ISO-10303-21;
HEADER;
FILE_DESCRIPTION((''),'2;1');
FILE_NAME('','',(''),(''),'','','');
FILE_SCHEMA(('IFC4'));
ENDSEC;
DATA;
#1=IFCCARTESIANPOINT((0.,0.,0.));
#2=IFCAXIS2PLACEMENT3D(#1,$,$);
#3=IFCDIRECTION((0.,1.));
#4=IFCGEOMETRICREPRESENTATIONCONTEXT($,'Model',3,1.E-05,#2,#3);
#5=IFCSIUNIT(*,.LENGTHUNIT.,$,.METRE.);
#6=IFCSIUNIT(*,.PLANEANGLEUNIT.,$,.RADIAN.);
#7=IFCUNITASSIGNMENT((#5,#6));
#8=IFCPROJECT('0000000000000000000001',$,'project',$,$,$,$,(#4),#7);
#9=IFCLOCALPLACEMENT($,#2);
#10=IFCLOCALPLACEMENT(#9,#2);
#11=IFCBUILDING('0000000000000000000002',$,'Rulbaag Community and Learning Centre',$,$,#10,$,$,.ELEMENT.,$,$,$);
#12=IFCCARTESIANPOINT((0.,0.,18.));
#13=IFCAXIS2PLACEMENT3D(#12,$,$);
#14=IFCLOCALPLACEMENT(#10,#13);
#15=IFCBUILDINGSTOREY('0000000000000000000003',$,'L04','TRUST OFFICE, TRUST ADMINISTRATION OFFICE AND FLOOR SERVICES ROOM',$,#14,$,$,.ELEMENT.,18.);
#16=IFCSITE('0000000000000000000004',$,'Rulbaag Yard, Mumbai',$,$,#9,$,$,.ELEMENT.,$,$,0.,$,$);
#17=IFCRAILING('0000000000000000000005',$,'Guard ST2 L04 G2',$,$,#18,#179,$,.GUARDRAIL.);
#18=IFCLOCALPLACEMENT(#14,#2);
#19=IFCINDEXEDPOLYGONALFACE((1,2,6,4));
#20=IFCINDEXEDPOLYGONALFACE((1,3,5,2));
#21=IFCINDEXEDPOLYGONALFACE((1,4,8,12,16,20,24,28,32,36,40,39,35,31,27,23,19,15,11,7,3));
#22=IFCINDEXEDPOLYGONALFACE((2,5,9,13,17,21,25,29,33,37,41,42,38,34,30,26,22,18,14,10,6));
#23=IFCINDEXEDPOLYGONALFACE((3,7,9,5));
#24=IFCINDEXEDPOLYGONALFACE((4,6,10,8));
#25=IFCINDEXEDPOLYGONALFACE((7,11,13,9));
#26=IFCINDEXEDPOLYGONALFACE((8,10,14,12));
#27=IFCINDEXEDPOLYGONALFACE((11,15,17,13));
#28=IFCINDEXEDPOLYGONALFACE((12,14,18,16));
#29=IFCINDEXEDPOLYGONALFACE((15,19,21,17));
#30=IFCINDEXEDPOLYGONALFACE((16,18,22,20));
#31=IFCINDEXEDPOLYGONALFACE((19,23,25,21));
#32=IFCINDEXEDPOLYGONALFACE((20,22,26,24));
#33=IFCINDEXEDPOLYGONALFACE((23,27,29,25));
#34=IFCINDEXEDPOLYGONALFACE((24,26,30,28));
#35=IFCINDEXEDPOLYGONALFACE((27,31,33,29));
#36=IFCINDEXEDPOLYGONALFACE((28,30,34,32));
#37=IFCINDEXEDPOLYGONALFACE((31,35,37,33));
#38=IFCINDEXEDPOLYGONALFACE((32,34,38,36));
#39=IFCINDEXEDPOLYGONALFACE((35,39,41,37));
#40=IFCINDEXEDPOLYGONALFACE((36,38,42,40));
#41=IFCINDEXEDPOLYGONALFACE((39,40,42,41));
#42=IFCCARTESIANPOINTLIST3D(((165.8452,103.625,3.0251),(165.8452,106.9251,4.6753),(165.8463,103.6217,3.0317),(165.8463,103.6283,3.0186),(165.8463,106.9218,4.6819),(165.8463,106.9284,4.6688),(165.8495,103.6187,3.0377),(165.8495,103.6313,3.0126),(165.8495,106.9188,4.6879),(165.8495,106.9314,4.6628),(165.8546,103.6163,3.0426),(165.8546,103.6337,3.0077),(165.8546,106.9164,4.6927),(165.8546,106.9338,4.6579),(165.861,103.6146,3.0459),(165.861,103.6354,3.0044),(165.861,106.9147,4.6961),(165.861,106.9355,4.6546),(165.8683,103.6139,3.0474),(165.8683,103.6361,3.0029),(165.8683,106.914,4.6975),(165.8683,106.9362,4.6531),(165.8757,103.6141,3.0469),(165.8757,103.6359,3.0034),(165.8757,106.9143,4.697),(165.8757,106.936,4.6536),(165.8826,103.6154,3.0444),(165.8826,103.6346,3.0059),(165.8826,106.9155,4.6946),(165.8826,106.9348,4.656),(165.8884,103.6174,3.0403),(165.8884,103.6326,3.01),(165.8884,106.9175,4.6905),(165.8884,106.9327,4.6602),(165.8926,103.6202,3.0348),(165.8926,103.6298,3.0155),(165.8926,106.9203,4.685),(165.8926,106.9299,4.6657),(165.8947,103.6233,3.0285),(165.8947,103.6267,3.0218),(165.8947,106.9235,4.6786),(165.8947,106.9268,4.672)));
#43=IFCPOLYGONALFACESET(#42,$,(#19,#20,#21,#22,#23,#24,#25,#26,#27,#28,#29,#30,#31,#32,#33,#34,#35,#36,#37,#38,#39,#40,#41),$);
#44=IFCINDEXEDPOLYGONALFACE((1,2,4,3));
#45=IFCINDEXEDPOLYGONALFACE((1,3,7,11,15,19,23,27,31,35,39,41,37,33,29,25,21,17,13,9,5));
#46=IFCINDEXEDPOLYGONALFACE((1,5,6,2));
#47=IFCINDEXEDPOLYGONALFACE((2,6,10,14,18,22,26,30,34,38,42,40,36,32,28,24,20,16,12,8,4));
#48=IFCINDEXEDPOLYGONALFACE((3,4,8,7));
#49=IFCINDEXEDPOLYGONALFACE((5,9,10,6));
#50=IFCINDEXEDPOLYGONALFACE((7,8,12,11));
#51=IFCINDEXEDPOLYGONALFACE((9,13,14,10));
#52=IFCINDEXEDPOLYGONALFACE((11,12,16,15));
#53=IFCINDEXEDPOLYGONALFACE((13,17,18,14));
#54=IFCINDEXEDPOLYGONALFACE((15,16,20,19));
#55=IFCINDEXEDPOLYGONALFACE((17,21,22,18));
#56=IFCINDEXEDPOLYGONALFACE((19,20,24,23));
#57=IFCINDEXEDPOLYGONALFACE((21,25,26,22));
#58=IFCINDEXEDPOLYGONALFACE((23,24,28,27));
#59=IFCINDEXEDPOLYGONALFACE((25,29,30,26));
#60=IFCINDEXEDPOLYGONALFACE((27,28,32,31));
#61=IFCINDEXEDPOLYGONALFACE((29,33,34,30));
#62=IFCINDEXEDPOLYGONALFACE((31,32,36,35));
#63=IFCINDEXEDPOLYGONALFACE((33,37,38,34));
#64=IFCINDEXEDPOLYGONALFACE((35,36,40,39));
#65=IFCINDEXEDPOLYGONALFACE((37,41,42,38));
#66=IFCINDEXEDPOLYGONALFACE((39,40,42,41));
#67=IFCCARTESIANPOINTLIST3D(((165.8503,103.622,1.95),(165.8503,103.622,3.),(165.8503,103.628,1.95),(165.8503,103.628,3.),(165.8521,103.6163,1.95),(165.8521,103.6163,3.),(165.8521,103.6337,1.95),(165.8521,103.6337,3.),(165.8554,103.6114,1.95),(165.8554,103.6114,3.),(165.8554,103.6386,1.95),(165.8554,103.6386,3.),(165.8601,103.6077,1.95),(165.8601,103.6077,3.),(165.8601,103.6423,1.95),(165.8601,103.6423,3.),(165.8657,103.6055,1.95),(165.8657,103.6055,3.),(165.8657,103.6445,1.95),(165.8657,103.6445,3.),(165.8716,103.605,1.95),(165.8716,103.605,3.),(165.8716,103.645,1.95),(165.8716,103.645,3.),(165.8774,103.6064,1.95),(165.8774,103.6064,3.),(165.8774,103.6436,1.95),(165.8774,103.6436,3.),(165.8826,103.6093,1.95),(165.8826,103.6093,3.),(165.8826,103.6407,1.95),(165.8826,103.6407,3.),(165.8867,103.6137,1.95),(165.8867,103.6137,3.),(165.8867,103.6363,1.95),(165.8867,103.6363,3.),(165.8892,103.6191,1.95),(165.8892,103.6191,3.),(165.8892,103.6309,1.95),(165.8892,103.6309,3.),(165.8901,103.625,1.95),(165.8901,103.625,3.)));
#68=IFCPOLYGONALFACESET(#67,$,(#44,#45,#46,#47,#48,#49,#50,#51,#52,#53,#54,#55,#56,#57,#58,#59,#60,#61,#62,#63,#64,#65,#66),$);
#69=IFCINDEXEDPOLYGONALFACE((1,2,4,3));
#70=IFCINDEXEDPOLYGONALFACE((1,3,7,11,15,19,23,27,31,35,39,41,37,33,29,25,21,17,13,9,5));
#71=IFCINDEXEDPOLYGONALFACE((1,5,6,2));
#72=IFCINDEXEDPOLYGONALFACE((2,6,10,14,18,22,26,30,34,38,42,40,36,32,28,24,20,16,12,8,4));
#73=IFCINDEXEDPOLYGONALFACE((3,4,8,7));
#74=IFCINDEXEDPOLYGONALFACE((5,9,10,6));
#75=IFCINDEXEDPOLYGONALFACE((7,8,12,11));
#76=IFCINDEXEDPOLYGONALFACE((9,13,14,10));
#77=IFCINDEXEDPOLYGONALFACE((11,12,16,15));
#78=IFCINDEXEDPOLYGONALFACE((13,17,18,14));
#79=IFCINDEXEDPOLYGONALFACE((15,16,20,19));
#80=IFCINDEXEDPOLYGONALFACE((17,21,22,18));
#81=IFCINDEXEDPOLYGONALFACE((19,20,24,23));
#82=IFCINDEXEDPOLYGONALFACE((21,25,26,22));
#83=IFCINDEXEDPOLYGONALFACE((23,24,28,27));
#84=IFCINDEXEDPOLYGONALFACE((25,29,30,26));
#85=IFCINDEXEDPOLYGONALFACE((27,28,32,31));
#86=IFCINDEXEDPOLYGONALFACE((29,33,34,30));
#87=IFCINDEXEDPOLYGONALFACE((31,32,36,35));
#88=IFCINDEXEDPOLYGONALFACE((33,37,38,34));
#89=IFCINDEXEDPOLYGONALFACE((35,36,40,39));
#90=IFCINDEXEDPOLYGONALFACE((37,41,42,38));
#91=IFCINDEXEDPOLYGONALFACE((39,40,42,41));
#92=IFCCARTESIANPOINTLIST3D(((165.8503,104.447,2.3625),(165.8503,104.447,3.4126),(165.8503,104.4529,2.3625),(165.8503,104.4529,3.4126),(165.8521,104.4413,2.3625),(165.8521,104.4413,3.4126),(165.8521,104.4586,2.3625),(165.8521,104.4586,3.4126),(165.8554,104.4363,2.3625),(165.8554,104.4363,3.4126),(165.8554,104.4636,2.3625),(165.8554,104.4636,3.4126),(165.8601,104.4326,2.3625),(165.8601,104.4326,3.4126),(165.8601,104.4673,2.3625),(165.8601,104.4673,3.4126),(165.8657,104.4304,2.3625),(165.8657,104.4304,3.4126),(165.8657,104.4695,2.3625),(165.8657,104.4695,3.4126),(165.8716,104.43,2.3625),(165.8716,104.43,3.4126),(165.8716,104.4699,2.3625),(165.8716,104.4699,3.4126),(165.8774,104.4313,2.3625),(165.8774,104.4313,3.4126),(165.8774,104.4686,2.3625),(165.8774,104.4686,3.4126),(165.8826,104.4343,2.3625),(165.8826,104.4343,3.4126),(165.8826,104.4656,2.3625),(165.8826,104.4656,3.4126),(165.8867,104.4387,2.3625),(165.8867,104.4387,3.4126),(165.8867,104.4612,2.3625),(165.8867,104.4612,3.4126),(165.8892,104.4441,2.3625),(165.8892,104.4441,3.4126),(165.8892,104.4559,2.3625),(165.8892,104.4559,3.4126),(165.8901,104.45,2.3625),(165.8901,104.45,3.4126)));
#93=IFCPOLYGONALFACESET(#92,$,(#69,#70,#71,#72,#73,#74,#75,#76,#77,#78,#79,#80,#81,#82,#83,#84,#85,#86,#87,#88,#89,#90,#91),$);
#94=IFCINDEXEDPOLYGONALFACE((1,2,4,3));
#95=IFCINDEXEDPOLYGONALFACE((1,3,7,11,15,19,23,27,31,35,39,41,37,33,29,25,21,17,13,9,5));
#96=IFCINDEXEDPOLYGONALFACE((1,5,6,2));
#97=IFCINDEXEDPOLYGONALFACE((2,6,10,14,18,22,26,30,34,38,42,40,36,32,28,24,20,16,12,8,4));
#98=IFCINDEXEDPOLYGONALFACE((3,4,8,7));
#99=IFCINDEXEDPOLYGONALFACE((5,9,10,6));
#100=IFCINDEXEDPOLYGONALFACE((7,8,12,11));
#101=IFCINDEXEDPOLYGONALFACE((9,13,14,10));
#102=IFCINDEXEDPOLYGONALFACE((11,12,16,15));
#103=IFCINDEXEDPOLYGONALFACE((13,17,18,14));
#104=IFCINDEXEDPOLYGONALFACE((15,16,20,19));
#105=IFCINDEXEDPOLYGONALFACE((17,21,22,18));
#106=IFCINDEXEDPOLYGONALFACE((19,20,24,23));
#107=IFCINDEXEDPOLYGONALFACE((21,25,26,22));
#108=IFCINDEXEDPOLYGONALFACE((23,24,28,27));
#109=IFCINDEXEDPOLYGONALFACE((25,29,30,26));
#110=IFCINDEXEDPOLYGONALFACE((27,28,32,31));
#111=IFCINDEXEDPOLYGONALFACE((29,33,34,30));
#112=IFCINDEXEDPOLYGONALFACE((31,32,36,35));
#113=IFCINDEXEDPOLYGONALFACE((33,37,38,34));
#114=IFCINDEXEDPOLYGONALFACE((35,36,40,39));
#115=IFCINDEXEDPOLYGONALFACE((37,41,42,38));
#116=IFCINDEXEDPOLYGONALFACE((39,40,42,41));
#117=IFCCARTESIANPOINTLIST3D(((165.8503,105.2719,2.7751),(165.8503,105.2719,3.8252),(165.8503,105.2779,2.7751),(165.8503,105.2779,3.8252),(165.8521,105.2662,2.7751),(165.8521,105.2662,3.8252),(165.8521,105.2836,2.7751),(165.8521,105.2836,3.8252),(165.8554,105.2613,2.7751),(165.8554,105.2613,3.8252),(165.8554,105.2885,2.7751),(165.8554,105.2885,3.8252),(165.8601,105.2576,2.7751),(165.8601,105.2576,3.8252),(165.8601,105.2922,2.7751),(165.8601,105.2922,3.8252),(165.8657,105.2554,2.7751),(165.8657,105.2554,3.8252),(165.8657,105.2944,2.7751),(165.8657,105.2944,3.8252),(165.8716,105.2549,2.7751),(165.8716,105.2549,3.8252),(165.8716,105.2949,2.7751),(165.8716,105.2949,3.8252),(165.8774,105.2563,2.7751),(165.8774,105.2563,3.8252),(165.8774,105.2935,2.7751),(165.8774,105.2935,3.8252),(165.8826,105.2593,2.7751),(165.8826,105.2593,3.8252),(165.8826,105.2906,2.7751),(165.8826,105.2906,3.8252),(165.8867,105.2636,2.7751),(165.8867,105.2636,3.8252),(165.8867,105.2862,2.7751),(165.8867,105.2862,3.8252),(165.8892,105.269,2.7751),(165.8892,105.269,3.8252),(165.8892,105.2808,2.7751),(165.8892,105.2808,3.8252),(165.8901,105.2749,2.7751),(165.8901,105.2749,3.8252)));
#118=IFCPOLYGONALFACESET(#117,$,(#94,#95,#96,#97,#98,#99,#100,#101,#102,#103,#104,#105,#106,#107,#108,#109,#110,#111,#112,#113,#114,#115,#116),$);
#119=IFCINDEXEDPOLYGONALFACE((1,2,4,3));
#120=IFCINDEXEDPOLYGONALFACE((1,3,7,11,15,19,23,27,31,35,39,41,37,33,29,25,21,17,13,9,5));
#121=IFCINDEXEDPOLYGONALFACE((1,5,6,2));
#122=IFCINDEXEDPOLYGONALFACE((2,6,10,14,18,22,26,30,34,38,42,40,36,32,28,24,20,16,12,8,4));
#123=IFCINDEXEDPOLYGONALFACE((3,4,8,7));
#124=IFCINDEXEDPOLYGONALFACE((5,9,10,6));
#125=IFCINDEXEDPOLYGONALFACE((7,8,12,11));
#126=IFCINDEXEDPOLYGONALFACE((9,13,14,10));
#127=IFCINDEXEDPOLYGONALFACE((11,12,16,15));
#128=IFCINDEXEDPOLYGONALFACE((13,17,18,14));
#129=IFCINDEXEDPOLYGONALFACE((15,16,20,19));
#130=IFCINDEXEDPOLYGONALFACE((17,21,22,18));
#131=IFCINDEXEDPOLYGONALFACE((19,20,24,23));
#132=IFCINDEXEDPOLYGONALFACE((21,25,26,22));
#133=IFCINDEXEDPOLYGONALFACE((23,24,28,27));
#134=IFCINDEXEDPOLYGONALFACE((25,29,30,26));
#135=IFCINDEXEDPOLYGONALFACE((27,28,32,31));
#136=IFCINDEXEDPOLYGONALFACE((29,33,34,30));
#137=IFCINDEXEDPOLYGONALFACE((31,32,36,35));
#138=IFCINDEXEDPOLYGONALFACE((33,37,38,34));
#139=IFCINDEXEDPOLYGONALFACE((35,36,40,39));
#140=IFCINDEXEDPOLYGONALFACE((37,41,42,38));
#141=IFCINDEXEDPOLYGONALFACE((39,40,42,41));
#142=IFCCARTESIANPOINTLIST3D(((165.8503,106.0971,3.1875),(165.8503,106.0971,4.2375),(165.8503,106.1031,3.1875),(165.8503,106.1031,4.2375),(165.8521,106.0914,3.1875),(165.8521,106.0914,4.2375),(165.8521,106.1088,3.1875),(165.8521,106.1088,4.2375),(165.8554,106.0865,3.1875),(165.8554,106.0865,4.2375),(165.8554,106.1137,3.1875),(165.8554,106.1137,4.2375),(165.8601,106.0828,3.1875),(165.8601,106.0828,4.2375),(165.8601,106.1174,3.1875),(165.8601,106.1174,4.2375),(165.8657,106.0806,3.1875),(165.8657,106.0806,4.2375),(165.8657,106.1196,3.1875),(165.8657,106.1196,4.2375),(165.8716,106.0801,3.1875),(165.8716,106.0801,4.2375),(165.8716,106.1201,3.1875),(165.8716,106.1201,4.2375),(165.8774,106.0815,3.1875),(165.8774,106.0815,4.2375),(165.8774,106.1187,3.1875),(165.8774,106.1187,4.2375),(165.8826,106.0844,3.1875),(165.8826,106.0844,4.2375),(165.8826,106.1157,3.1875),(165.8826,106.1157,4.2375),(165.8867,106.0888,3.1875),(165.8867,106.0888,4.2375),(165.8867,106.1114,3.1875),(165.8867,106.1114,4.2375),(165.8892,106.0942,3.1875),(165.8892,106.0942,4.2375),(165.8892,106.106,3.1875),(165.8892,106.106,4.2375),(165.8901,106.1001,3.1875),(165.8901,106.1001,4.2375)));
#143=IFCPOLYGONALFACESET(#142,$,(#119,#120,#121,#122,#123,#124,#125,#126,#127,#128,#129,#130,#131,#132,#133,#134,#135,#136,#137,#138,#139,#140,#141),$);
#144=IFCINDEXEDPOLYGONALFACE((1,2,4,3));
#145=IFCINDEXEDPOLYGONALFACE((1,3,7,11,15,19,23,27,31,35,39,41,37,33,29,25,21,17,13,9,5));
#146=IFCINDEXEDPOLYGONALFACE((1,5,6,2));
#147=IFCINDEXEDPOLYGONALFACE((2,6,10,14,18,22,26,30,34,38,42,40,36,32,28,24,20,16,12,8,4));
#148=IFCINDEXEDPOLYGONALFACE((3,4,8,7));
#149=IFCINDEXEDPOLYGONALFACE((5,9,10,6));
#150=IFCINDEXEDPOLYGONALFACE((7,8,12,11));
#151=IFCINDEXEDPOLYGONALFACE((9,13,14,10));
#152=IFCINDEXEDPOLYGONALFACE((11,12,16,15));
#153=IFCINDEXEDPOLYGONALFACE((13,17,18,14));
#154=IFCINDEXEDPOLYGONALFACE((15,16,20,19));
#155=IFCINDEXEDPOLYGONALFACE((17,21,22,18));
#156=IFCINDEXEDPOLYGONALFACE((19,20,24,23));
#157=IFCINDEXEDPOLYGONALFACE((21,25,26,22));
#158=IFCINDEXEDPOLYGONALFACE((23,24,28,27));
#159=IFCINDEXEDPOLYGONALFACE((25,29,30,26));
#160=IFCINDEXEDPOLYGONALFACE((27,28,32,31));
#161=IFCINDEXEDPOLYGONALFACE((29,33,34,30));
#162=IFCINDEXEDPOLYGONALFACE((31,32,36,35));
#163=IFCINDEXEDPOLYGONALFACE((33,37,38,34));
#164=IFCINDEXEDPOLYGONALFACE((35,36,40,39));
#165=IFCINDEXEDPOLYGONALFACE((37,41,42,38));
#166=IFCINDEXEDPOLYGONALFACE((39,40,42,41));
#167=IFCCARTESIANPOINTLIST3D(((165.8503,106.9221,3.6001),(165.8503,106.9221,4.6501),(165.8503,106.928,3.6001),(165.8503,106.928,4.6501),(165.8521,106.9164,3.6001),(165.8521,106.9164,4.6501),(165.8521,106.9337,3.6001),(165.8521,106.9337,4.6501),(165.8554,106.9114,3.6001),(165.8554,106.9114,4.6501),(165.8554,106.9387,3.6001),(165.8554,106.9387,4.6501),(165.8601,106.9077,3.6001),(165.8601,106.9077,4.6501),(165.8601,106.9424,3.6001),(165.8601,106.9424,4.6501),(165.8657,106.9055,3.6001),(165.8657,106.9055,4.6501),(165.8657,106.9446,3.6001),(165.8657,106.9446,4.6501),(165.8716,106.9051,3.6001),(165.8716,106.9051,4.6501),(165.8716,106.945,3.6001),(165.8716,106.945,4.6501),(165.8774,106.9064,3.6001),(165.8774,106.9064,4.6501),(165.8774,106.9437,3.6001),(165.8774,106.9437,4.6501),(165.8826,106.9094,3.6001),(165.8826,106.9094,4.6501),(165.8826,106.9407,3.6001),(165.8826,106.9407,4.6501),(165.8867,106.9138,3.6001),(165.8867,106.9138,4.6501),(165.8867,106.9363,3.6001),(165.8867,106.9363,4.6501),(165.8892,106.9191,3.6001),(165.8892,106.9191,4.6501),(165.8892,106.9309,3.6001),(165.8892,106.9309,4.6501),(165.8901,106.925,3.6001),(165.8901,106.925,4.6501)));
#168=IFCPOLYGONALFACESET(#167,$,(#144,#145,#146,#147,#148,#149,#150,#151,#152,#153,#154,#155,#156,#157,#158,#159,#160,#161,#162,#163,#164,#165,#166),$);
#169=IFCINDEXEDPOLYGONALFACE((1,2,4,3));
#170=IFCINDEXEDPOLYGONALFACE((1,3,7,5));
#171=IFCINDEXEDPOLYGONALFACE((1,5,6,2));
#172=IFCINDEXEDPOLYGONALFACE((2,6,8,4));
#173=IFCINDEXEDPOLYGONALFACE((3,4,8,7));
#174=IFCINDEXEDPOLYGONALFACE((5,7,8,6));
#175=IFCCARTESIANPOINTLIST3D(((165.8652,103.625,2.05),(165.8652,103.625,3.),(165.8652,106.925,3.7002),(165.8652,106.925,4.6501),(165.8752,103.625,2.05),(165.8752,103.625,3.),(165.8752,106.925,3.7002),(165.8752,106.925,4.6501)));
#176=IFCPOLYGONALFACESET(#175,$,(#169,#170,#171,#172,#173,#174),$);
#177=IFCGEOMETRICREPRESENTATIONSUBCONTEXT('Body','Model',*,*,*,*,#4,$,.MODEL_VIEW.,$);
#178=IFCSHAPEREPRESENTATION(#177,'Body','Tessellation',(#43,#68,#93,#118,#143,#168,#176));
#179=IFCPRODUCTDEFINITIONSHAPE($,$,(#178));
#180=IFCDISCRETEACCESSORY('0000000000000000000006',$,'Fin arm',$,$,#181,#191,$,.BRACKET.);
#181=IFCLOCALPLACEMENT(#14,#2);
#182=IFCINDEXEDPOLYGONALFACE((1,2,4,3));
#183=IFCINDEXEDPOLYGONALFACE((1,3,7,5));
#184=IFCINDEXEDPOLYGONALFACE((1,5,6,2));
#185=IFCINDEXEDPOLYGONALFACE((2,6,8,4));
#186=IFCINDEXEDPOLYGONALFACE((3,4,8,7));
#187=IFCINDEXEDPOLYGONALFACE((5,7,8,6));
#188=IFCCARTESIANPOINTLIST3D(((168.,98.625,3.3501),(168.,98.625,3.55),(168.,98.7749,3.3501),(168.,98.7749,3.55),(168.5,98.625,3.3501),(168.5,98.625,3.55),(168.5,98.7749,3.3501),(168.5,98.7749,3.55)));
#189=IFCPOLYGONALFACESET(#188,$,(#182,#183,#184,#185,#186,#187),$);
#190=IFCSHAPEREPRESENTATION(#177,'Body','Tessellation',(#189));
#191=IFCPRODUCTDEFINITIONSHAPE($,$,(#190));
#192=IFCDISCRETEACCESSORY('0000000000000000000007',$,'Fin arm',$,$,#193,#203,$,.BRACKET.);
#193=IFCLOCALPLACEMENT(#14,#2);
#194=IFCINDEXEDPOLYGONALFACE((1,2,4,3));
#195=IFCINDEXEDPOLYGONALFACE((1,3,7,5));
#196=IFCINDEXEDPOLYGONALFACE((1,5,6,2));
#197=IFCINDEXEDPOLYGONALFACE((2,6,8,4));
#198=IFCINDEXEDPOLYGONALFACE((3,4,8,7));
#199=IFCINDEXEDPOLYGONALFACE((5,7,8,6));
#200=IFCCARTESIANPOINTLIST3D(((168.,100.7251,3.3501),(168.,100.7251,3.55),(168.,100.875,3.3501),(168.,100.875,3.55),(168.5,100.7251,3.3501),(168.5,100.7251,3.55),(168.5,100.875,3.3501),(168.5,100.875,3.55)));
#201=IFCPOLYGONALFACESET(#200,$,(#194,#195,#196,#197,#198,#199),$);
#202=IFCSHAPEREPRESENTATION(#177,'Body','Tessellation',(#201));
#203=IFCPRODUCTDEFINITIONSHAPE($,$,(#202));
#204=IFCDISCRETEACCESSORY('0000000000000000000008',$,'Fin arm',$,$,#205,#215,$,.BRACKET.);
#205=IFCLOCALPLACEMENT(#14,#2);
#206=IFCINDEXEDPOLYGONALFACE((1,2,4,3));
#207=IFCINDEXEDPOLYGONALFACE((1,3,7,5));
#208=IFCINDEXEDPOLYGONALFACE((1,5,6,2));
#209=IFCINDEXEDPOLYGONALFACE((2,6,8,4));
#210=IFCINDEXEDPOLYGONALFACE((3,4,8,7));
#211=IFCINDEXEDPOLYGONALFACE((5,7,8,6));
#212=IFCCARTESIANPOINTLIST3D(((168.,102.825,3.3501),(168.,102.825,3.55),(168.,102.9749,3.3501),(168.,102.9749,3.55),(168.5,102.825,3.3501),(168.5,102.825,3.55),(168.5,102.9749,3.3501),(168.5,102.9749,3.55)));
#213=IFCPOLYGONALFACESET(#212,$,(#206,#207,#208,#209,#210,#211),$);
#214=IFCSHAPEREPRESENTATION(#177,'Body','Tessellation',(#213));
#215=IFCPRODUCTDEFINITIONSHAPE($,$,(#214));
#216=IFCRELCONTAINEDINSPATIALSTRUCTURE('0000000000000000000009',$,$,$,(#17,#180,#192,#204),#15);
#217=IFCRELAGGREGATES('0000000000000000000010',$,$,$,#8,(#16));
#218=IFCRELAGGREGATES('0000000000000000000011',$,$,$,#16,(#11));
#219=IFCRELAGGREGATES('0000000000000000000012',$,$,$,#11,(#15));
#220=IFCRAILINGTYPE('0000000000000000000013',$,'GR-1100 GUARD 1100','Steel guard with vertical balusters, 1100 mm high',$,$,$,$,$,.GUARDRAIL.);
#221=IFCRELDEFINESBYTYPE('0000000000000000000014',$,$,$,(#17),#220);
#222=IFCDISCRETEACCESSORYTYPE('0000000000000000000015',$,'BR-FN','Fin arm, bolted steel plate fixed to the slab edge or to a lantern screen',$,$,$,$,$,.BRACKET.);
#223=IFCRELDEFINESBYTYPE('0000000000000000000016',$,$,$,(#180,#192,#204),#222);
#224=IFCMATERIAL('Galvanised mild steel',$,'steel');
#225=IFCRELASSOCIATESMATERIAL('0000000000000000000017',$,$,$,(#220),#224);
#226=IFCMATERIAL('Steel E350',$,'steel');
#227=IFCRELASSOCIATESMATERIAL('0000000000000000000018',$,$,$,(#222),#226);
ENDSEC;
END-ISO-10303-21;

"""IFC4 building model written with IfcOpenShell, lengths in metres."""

from ifc_helpers import new_model, si_unit, direction, frame, origin, origin_2d, place, context, subcontext, project, spatial, polyline, rectangle, circle, outline, extrude, material, type_object, element, save


model = new_model("IFC4")

# Units and contexts
model_context = context("Model", 3, precision=1e-05, world=origin(), true_north=direction((0.0, 1.0)))
body_context = subcontext(model_context, "Body", "Model", "MODEL_VIEW")
ifc_project = project(units=[si_unit("LENGTHUNIT", "METRE"), si_unit("PLANEANGLEUNIT", "RADIAN")], contexts=[model_context])

# Site, building, storey
site_placement = place(None, origin())
site = spatial("IfcSite", under=ifc_project, at=site_placement, Name="Rulbaag Yard, Mumbai", CompositionType="ELEMENT", RefElevation=0.0)
building_placement = place(site_placement, origin())
building = spatial("IfcBuilding", under=site, at=building_placement, Name="Rulbaag Community and Learning Centre", CompositionType="ELEMENT")
storey_placement = place(building_placement, frame((0.0, 0.0, 18.0)))
storey = spatial("IfcBuildingStorey", under=building, at=storey_placement, Name="L04", Description="TRUST OFFICE, TRUST ADMINISTRATION OFFICE AND FLOOR SERVICES ROOM", CompositionType="ELEMENT", Elevation=18.0)

# Railing
ifc_material_1 = material(Name="Galvanised mild steel", Category="steel")
railing_type_1 = type_object("IfcRailingType", Name="GR-1100 GUARD 1100", Description="Steel guard with vertical balusters, 1100 mm high", PredefinedType="GUARDRAIL", material=ifc_material_1)
railing_1_placement = place(storey_placement, frame((165.8701, 103.625, 1.95)))
element("IfcRailing", 1, at=railing_1_placement, inside=storey, type_object=railing_type_1, Name="Guard ST2 L04 G2", PredefinedType="GUARDRAIL", context=body_context, shape_type="SweptSolid", body=[
    extrude(circle(Radius=0.0249, at=origin_2d()), frame((0.0, 0.0, 1.0752), z_axis=(0.0, 0.894414, 0.44724), x_axis=(-1.0, 0.0, 0.0)), (0.0, 0.0, 1.0), 3.6897),
    extrude(circle(Radius=0.02, at=origin_2d()), origin(), (0.0, 0.0, 1.0), 1.05),
    extrude(circle(Radius=0.02, at=origin_2d()), frame((0.0, 0.825, 0.4126)), (0.0, 0.0, 1.0), 1.05),
    extrude(circle(Radius=0.02, at=origin_2d()), frame((0.0, 1.6499, 0.8252)), (0.0, 0.0, 1.0), 1.05),
    extrude(circle(Radius=0.02, at=origin_2d()), frame((0.0, 2.4751, 1.2375)), (0.0, 0.0, 1.0), 1.05),
    extrude(circle(Radius=0.02, at=origin_2d()), frame((0.0, 3.3, 1.6501)), (0.0, 0.0, 1.0), 1.05),
    extrude(outline(polyline([(0.0, 0.0), (3.3, 1.6501), (3.3, 2.6001), (0.0, 0.95), (0.0, 0.0)])), frame((-0.0049, 0.0, 0.1001), z_axis=(1.0, 0.0, 0.0), x_axis=(0.0, 1.0, 0.0)), (0.0, 0.0, 1.0), 0.01),
])

# Discrete accessories
ifc_material_2 = material(Name="Steel E350", Category="steel")
discrete_accessory_type = type_object("IfcDiscreteAccessoryType", Name="BR-FN", Description="Fin arm, bolted steel plate fixed to the slab edge or to a lantern screen", PredefinedType="BRACKET", material=ifc_material_2)
for number, where, z_axis, x_axis, name in (
    (2, (168.25, 98.7, 3.3501), (0.0, 0.0, 1.0), (1.0, 0.0, 0.0), "Fin arm"),
    (3, (168.25, 100.8, 3.3501), (0.0, 0.0, 1.0), (1.0, 0.0, 0.0), "Fin arm"),
    (4, (168.25, 102.8999, 3.3501), (0.0, 0.0, 1.0), (1.0, 0.0, 0.0), "Fin arm"),
):
    element("IfcDiscreteAccessory", number, at=place(storey_placement, frame(where, z_axis=z_axis, x_axis=x_axis)), inside=storey, type_object=discrete_accessory_type, Name=name, PredefinedType="BRACKET", context=body_context, shape_type="SweptSolid", body=[
        extrude(rectangle(XDim=0.5, YDim=0.1499, at=origin_2d()), origin(), (0.0, 0.0, 1.0), 0.2),
    ])

save(model, "model.ifc")
